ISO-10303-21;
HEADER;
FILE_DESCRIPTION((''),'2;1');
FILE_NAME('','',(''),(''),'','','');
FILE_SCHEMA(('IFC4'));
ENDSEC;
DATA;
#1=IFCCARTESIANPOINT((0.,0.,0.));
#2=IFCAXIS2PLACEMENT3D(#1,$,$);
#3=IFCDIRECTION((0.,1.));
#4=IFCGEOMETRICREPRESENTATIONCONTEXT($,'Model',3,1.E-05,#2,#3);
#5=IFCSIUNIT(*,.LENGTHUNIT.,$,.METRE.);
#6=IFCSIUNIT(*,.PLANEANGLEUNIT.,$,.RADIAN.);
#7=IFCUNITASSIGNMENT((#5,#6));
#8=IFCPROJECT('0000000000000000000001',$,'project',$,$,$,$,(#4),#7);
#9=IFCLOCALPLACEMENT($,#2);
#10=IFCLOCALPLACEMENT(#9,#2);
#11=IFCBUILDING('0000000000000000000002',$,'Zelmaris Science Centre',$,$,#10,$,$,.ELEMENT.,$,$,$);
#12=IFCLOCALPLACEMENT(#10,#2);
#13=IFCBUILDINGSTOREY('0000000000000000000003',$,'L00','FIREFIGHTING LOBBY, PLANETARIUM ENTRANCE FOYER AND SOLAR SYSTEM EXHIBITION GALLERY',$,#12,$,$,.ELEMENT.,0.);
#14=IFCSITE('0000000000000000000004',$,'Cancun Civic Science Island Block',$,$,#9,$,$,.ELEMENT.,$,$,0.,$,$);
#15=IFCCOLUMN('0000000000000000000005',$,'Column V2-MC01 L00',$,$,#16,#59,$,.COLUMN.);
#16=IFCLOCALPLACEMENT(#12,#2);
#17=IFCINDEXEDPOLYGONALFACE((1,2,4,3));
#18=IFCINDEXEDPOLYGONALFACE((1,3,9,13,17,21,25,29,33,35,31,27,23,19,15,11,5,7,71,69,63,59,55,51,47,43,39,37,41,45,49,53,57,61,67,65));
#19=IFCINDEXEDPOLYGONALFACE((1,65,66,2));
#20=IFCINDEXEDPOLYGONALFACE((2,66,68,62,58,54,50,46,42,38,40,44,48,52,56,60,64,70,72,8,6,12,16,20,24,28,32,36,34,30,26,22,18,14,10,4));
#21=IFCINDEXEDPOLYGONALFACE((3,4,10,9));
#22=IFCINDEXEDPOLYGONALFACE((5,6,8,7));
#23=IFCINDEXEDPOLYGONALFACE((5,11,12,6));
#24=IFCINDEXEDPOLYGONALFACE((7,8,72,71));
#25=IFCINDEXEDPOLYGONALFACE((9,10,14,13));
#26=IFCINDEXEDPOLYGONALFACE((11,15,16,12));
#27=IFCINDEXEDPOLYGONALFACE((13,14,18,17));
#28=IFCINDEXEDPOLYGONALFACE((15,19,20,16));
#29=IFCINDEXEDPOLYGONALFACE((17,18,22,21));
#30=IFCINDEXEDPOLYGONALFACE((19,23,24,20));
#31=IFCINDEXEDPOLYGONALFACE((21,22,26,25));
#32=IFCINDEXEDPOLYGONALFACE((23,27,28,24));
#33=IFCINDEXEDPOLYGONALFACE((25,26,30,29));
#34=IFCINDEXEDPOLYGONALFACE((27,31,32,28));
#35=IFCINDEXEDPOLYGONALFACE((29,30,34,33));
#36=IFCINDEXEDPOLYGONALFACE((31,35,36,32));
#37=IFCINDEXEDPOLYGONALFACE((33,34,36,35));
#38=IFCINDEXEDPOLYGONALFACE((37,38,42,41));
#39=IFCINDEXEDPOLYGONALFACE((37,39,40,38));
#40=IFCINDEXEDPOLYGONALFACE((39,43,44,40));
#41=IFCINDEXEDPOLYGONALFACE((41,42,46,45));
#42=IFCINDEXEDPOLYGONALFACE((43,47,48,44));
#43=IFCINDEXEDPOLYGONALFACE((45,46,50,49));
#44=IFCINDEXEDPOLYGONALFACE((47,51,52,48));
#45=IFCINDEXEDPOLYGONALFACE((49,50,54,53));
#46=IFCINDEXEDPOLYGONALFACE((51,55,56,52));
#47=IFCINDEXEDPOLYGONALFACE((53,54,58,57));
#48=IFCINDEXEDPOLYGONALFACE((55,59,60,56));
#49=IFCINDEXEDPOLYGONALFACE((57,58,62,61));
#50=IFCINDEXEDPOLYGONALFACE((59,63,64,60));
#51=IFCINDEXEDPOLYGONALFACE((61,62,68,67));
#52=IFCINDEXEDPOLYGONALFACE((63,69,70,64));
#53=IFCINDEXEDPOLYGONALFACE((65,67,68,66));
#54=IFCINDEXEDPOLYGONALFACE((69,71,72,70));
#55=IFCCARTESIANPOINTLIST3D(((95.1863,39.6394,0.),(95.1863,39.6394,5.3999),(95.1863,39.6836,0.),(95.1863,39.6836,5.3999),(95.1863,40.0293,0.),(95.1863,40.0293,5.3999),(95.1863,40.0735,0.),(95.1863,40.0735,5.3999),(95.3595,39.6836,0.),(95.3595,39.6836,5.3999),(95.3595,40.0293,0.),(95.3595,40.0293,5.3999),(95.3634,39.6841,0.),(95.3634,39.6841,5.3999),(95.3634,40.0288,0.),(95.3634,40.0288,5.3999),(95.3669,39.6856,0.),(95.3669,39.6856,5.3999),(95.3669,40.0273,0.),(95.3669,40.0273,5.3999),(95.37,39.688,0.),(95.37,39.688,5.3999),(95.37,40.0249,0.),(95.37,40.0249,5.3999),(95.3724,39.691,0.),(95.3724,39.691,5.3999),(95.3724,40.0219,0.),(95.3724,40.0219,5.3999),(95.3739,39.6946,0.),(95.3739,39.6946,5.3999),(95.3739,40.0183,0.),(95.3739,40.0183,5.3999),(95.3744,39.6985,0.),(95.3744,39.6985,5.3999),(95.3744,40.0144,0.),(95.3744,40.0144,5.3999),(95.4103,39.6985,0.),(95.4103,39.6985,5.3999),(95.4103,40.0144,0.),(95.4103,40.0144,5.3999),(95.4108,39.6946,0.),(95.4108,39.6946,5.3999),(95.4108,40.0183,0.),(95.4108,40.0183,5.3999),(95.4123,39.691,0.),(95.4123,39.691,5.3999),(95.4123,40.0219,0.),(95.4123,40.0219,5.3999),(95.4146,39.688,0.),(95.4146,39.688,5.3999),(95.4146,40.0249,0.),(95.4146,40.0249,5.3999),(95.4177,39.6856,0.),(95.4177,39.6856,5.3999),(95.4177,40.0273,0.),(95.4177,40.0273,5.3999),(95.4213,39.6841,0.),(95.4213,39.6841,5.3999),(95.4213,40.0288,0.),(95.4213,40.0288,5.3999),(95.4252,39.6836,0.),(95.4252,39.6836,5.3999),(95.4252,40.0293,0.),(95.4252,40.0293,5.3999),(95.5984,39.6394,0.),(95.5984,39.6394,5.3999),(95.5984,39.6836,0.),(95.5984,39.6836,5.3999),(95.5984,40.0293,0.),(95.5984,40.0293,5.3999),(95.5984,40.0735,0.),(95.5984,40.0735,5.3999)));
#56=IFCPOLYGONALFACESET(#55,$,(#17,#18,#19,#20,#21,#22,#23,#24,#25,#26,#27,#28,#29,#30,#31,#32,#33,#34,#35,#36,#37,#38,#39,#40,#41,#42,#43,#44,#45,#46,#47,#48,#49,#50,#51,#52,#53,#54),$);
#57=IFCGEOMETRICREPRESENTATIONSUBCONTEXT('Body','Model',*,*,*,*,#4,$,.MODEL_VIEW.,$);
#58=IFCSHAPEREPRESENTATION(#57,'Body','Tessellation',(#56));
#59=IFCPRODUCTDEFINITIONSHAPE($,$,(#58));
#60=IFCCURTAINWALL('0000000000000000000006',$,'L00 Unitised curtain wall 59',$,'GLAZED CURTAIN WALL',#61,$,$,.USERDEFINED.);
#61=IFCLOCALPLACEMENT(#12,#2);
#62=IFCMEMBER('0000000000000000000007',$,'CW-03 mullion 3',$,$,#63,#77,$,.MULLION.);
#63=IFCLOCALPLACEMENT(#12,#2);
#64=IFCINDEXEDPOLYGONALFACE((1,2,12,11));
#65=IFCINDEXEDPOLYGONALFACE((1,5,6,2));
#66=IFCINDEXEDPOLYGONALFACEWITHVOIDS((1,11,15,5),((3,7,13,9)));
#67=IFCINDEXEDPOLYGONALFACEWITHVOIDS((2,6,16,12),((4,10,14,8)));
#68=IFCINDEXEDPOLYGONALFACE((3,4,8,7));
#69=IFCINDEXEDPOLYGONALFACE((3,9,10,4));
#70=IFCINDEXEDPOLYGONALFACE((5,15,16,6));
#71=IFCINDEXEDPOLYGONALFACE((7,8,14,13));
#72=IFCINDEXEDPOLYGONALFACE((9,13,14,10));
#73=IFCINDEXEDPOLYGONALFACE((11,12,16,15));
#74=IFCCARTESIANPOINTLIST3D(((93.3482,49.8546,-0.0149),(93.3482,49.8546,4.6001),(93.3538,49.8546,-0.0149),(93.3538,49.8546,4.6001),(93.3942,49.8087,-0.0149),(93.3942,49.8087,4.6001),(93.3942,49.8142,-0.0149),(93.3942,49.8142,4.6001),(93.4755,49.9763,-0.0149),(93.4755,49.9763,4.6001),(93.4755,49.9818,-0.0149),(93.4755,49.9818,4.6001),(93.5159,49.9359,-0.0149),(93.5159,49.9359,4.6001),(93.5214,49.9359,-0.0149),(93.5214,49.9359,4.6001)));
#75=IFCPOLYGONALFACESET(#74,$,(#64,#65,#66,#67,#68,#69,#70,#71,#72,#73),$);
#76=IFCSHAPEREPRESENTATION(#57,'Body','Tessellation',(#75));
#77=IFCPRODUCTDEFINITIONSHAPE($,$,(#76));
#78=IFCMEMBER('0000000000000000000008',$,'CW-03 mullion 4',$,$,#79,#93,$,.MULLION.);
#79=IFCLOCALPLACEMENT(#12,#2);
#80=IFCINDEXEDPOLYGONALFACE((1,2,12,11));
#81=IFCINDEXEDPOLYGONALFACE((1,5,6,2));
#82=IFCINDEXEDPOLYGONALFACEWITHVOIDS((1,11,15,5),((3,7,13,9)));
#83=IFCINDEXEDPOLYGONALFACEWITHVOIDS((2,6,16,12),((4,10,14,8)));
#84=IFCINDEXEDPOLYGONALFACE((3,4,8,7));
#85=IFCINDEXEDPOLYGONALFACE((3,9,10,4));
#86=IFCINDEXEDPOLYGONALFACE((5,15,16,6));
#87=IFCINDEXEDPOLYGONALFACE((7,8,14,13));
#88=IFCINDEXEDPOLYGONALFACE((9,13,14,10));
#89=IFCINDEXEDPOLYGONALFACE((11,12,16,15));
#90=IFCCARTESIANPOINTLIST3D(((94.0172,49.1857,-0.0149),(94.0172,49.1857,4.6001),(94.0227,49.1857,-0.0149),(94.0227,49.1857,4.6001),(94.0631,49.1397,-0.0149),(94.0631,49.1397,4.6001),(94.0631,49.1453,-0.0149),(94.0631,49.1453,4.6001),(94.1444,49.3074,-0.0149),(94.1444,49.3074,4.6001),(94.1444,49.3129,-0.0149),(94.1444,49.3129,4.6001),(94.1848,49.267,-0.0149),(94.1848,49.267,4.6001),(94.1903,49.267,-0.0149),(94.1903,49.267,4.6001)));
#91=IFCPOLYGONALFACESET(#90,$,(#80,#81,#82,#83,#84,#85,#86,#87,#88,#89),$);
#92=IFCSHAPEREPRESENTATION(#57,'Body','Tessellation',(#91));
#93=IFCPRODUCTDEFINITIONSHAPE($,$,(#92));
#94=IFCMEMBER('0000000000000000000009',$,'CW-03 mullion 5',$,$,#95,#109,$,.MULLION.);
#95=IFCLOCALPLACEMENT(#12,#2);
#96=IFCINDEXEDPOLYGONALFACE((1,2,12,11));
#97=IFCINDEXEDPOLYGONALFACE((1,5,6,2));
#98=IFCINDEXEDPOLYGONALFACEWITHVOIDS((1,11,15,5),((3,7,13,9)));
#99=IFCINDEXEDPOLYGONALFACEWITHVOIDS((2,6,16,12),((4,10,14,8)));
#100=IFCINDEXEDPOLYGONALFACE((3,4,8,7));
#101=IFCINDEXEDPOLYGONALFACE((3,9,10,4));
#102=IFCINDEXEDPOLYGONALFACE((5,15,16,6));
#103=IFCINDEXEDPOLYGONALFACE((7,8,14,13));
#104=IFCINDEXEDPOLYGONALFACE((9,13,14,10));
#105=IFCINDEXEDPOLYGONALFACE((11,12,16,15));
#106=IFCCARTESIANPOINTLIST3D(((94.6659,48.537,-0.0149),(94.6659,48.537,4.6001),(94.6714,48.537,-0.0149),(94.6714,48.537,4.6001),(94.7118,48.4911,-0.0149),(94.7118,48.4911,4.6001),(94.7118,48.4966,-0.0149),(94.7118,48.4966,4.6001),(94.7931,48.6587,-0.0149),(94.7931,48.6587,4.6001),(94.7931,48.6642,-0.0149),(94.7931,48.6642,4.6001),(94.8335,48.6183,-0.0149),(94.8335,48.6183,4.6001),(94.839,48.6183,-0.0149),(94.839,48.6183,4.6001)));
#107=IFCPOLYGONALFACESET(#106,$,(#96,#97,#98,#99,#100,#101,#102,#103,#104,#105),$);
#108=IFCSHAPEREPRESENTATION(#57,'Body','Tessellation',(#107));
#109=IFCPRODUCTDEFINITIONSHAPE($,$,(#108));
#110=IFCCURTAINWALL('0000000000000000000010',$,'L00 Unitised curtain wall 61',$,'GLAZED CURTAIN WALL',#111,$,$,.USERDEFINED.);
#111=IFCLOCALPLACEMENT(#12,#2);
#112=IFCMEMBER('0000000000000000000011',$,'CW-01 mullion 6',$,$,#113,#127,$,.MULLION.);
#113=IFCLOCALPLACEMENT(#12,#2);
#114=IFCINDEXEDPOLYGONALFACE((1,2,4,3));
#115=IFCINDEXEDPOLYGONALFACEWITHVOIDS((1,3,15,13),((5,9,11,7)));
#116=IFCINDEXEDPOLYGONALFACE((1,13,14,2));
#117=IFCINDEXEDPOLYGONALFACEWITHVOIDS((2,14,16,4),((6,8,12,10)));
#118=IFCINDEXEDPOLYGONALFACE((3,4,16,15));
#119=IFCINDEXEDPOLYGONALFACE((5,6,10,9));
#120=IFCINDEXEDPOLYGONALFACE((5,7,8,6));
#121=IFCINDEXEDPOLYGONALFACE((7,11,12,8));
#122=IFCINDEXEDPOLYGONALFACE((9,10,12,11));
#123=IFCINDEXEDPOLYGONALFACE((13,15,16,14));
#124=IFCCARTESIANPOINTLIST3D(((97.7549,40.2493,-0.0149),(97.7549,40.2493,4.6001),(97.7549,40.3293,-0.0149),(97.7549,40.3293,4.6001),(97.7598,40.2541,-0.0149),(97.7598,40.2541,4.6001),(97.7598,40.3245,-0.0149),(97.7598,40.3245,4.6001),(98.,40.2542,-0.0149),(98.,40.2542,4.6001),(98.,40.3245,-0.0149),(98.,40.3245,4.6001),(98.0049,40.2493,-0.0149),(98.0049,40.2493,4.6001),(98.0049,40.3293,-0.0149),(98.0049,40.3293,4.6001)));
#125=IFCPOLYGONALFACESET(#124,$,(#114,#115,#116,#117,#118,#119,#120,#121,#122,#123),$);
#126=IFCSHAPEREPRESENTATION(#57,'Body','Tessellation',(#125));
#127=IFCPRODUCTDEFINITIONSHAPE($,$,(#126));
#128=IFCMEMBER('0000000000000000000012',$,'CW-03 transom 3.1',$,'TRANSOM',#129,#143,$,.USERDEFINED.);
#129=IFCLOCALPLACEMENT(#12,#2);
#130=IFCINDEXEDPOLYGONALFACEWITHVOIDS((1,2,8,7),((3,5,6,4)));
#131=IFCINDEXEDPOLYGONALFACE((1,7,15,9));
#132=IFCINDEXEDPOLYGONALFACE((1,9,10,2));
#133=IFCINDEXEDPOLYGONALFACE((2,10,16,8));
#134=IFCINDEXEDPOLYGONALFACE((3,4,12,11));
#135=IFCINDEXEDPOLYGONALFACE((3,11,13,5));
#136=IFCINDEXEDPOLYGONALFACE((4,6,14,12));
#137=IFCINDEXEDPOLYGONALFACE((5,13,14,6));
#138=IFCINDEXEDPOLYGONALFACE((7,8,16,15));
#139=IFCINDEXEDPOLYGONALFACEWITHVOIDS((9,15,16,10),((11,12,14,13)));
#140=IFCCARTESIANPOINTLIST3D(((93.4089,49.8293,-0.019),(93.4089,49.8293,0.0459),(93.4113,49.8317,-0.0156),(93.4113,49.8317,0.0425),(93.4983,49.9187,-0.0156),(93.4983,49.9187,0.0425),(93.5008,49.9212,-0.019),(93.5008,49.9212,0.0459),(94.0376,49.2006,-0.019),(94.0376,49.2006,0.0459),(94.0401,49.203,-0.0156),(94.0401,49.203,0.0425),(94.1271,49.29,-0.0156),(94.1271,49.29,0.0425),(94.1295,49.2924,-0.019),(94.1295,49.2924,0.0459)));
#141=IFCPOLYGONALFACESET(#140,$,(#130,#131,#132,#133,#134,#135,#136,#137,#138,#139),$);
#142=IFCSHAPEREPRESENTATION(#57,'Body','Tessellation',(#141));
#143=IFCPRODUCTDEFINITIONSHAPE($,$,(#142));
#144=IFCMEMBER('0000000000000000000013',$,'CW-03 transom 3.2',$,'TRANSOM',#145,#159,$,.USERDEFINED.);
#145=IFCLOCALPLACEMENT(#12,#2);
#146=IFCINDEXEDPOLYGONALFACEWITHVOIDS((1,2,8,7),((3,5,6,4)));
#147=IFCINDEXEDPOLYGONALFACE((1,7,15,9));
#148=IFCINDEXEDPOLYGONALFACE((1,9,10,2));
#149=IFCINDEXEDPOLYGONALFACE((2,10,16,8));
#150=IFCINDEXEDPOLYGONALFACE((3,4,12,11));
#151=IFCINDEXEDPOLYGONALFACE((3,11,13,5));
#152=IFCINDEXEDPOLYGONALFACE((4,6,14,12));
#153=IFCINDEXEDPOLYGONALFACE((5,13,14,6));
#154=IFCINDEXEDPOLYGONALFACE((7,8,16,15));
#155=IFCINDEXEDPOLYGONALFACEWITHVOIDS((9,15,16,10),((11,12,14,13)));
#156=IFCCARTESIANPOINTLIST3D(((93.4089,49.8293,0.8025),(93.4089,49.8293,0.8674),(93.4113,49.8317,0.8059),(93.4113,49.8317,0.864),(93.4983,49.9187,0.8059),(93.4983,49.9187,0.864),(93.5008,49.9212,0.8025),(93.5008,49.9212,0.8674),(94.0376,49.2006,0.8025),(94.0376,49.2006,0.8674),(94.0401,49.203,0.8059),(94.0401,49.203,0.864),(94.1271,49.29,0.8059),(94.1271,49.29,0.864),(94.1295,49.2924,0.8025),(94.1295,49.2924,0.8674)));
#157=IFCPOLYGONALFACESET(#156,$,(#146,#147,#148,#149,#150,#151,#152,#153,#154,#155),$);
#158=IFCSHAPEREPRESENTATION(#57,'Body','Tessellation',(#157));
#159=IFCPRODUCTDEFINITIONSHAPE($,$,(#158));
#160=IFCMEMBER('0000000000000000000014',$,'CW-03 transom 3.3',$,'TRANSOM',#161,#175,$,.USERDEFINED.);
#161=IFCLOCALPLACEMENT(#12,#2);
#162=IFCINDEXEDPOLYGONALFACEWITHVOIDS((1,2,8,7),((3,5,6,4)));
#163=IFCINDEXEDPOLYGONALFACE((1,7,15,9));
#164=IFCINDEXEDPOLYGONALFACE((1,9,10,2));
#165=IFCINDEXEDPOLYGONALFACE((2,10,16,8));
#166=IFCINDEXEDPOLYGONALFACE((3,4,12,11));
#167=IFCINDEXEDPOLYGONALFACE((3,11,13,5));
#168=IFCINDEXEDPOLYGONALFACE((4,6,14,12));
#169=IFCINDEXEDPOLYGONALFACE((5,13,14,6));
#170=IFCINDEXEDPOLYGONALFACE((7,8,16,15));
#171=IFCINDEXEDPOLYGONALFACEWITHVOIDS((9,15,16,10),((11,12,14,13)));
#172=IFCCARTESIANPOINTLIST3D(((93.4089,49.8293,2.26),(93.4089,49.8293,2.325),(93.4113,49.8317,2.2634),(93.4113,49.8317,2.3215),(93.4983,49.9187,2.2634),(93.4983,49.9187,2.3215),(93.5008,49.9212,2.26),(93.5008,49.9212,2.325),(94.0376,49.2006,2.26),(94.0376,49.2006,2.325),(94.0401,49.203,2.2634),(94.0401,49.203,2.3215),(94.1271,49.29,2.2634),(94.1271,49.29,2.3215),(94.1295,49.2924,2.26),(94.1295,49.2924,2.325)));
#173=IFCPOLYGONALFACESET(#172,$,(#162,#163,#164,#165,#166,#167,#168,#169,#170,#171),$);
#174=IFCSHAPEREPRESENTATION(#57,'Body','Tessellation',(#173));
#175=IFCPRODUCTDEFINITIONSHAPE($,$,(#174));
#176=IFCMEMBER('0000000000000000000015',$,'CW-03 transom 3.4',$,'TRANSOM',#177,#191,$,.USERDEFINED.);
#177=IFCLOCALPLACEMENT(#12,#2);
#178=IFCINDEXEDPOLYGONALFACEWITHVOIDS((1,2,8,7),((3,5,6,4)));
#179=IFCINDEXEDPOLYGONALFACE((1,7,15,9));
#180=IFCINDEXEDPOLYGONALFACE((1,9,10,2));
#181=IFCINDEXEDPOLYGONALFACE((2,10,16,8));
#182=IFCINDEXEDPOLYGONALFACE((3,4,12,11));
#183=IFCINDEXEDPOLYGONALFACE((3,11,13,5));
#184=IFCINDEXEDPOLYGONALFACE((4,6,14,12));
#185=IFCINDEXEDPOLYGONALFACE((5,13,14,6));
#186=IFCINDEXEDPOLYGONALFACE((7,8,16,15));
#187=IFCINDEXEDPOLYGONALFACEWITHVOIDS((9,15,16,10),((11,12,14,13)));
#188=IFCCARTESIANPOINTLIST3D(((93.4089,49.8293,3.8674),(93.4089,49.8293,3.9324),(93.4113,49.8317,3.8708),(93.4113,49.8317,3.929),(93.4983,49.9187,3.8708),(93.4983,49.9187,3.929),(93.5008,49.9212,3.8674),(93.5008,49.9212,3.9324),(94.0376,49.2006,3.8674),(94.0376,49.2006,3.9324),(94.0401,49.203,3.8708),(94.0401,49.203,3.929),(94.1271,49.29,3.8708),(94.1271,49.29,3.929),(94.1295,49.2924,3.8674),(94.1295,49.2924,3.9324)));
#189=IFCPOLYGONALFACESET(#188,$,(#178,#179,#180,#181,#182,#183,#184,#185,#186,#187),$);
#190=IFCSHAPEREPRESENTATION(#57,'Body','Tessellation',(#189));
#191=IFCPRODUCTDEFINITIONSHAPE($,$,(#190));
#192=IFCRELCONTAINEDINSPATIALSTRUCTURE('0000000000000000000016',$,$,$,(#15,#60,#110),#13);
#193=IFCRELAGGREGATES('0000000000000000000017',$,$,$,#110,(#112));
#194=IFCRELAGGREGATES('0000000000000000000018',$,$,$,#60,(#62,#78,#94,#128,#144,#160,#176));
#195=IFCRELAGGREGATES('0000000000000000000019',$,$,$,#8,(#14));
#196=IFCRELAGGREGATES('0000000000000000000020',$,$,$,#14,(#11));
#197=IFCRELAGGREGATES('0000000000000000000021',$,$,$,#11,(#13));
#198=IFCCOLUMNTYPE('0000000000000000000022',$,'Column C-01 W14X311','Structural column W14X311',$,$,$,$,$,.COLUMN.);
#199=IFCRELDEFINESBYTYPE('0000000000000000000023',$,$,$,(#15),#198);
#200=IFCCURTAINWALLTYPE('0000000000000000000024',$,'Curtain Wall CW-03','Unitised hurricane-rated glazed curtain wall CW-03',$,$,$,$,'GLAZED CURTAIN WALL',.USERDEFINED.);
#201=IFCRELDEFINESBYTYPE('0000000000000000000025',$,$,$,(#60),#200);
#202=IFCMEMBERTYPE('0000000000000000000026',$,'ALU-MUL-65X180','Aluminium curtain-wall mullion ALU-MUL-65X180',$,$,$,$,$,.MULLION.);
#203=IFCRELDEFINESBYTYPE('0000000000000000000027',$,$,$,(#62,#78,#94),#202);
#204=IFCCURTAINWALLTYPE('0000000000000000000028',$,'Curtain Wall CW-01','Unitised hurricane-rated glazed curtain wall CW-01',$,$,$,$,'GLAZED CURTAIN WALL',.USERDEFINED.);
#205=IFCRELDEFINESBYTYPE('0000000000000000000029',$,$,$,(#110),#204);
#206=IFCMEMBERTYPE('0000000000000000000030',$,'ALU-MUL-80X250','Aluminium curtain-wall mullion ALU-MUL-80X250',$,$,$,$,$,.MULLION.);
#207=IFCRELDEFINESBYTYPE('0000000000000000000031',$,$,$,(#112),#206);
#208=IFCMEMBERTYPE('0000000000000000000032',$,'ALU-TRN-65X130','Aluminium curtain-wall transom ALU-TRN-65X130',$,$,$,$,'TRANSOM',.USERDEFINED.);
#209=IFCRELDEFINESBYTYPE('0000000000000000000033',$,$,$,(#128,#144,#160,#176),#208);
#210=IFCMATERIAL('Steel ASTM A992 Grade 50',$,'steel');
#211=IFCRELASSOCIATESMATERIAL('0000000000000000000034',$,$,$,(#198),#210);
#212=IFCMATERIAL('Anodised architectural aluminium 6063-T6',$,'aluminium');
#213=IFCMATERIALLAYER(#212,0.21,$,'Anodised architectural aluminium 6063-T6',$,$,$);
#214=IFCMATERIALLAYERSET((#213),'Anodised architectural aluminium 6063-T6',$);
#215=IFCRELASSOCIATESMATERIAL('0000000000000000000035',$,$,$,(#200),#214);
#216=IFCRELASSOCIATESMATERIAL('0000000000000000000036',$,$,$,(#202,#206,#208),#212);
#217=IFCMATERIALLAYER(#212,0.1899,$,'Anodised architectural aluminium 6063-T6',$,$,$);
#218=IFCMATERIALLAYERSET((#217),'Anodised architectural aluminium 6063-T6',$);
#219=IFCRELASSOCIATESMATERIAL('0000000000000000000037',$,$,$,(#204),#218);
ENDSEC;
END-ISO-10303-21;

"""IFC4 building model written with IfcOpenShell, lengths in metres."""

from ifc_helpers import new_model, si_unit, direction, frame, origin, origin_2d, place, context, subcontext, project, spatial, hollow_rectangle, i_section, extrude, material, layer, layer_set, material_profile, profile_set, type_object, element, aggregate, save


model = new_model("IFC4")

# Units and contexts
model_context = context("Model", 3, precision=1e-05, world=origin(), true_north=direction((0.0, 1.0)))
body_context = subcontext(model_context, "Body", "Model", "MODEL_VIEW")
ifc_project = project(units=[si_unit("LENGTHUNIT", "METRE"), si_unit("PLANEANGLEUNIT", "RADIAN")], contexts=[model_context])

# Site, building, storey
site_placement = place(None, origin())
site = spatial("IfcSite", under=ifc_project, at=site_placement, Name="Cancun Civic Science Island Block", CompositionType="ELEMENT", RefElevation=0.0)
building_placement = place(site_placement, origin())
building = spatial("IfcBuilding", under=site, at=building_placement, Name="Zelmaris Science Centre", CompositionType="ELEMENT")
storey_placement = place(building_placement, origin())
storey = spatial("IfcBuildingStorey", under=building, at=storey_placement, Name="L00", Description="FIREFIGHTING LOBBY, PLANETARIUM ENTRANCE FOYER AND SOLAR SYSTEM EXHIBITION GALLERY", CompositionType="ELEMENT", Elevation=0.0)

# Column
ifc_material_1 = material(Name="Steel ASTM A992 Grade 50", Category="steel")
ifc_material_profile_1 = material_profile(ifc_material_1, i_section(OverallWidth=0.4121, OverallDepth=0.4341, WebThickness=0.0359, FlangeThickness=0.0442, FilletRadius=0.0149, at=origin_2d()), Name="W14X311")
ifc_profile_set_1 = profile_set([ifc_material_profile_1], Name="Steel ASTM A992 Grade 50")
column_type = type_object("IfcColumnType", Name="Column C-01 W14X311", Description="Structural column W14X311", PredefinedType="COLUMN", material=ifc_profile_set_1)
column_placement = place(storey_placement, frame((95.3923, 39.8564, 0.0), z_axis=(0.0, 0.0, 1.0), x_axis=(1.0, 0.0, 0.0)))
element("IfcColumn", 1, at=column_placement, inside=storey, type_object=column_type, Name="Column V2-MC01 L00", PredefinedType="COLUMN", context=body_context, shape_type="SweptSolid", body=[
    extrude(i_section(OverallWidth=0.4121, OverallDepth=0.4341, WebThickness=0.0359, FlangeThickness=0.0442, FilletRadius=0.0149, at=origin_2d()), origin(), (0.0, 0.0, 1.0), 5.3999),
])

# Curtain wall, members
ifc_material_2 = material(Name="Anodised architectural aluminium 6063-T6", Category="aluminium")
ifc_layer_1 = layer(ifc_material_2, 0.21, Name="Anodised architectural aluminium 6063-T6")
ifc_layer_set_1 = layer_set([ifc_layer_1], Name="Anodised architectural aluminium 6063-T6")
curtain_wall_type_1 = type_object("IfcCurtainWallType", Name="Curtain Wall CW-03", Description="Unitised hurricane-rated glazed curtain wall CW-03", ElementType="GLAZED CURTAIN WALL", PredefinedType="USERDEFINED", material=ifc_layer_set_1)
curtain_wall_1_placement = place(storey_placement, origin())
curtain_wall_1 = element("IfcCurtainWall", 2, at=curtain_wall_1_placement, inside=storey, type_object=curtain_wall_type_1, Name="L00 Unitised curtain wall 59", ObjectType="GLAZED CURTAIN WALL", PredefinedType="USERDEFINED")
ifc_material_profile_2 = material_profile(ifc_material_2, hollow_rectangle(XDim=0.0649, YDim=0.1799, WallThickness=0.0039, at=origin_2d()), Name="ALU-MUL-65X180")
ifc_profile_set_2 = profile_set([ifc_material_profile_2], Name="Anodised architectural aluminium 6063-T6")
member_type_1 = type_object("IfcMemberType", Name="ALU-MUL-65X180", Description="Aluminium curtain-wall mullion ALU-MUL-65X180", PredefinedType="MULLION", material=ifc_profile_set_2)
member_1_placement = place(storey_placement, frame((93.4348, 49.8953, -0.0149), z_axis=(0.0, 0.0, 1.0), x_axis=(0.707107, -0.707107, 0.0)))
member_1 = element("IfcMember", 3, at=member_1_placement, type_object=member_type_1, Name="CW-03 mullion 3", PredefinedType="MULLION", context=body_context, shape_type="SweptSolid", body=[
    extrude(hollow_rectangle(XDim=0.0649, YDim=0.1799, WallThickness=0.0039, at=origin_2d()), origin(), (0.0, 0.0, 1.0), 4.615),
])
member_2_placement = place(storey_placement, frame((94.1038, 49.2263, -0.0149), z_axis=(0.0, 0.0, 1.0), x_axis=(0.707107, -0.707107, 0.0)))
member_2 = element("IfcMember", 4, at=member_2_placement, type_object=member_type_1, Name="CW-03 mullion 4", PredefinedType="MULLION", context=body_context, shape_type="SweptSolid", body=[
    extrude(hollow_rectangle(XDim=0.0649, YDim=0.1799, WallThickness=0.0039, at=origin_2d()), origin(), (0.0, 0.0, 1.0), 4.615),
])
member_3_placement = place(storey_placement, frame((94.7524, 48.5776, -0.0149), z_axis=(0.0, 0.0, 1.0), x_axis=(0.707107, -0.707107, 0.0)))
member_3 = element("IfcMember", 5, at=member_3_placement, type_object=member_type_1, Name="CW-03 mullion 5", PredefinedType="MULLION", context=body_context, shape_type="SweptSolid", body=[
    extrude(hollow_rectangle(XDim=0.0649, YDim=0.1799, WallThickness=0.0039, at=origin_2d()), origin(), (0.0, 0.0, 1.0), 4.615),
])

# Curtain wall, member
ifc_layer_2 = layer(ifc_material_2, 0.1899, Name="Anodised architectural aluminium 6063-T6")
ifc_layer_set_2 = layer_set([ifc_layer_2], Name="Anodised architectural aluminium 6063-T6")
curtain_wall_type_2 = type_object("IfcCurtainWallType", Name="Curtain Wall CW-01", Description="Unitised hurricane-rated glazed curtain wall CW-01", ElementType="GLAZED CURTAIN WALL", PredefinedType="USERDEFINED", material=ifc_layer_set_2)
curtain_wall_2_placement = place(storey_placement, origin())
curtain_wall_2 = element("IfcCurtainWall", 6, at=curtain_wall_2_placement, inside=storey, type_object=curtain_wall_type_2, Name="L00 Unitised curtain wall 61", ObjectType="GLAZED CURTAIN WALL", PredefinedType="USERDEFINED")
ifc_material_profile_3 = material_profile(ifc_material_2, hollow_rectangle(XDim=0.0801, YDim=0.25, WallThickness=0.0049, at=origin_2d()), Name="ALU-MUL-80X250")
ifc_profile_set_3 = profile_set([ifc_material_profile_3], Name="Anodised architectural aluminium 6063-T6")
member_type_2 = type_object("IfcMemberType", Name="ALU-MUL-80X250", Description="Aluminium curtain-wall mullion ALU-MUL-80X250", PredefinedType="MULLION", material=ifc_profile_set_3)
member_4_placement = place(storey_placement, frame((97.8799, 40.2893, -0.0149), z_axis=(0.0, 0.0, 1.0), x_axis=(0.000005, -1.0, 0.0)))
member_4 = element("IfcMember", 7, at=member_4_placement, type_object=member_type_2, Name="CW-01 mullion 6", PredefinedType="MULLION", context=body_context, shape_type="SweptSolid", body=[
    extrude(hollow_rectangle(XDim=0.0801, YDim=0.25, WallThickness=0.0049, at=origin_2d()), origin(), (0.0, 0.0, 1.0), 4.615),
])

# Members
ifc_material_profile_4 = material_profile(ifc_material_2, hollow_rectangle(XDim=0.0649, YDim=0.1299, WallThickness=0.0034, at=origin_2d()), Name="ALU-TRN-65X130")
ifc_profile_set_4 = profile_set([ifc_material_profile_4], Name="Anodised architectural aluminium 6063-T6")
member_type_3 = type_object("IfcMemberType", Name="ALU-TRN-65X130", Description="Aluminium curtain-wall transom ALU-TRN-65X130", ElementType="TRANSOM", PredefinedType="USERDEFINED", material=ifc_profile_set_4)
member_5_placement = place(storey_placement, frame((93.4548, 49.8752, 0.0134), z_axis=(0.707107, -0.707107, 0.0), x_axis=(0.0, 0.0, 1.0)))
member_5 = element("IfcMember", 8, at=member_5_placement, type_object=member_type_3, Name="CW-03 transom 3.1", ObjectType="TRANSOM", PredefinedType="USERDEFINED", context=body_context, shape_type="SweptSolid", body=[
    extrude(hollow_rectangle(XDim=0.0649, YDim=0.1299, WallThickness=0.0034, at=origin_2d()), origin(), (0.0, 0.0, 1.0), 0.8892),
])
member_6_placement = place(storey_placement, frame((93.4548, 49.8752, 0.835), z_axis=(0.707107, -0.707107, 0.0), x_axis=(0.0, 0.0, 1.0)))
member_6 = element("IfcMember", 9, at=member_6_placement, type_object=member_type_3, Name="CW-03 transom 3.2", ObjectType="TRANSOM", PredefinedType="USERDEFINED", context=body_context, shape_type="SweptSolid", body=[
    extrude(hollow_rectangle(XDim=0.0649, YDim=0.1299, WallThickness=0.0034, at=origin_2d()), origin(), (0.0, 0.0, 1.0), 0.8892),
])
member_7_placement = place(storey_placement, frame((93.4548, 49.8752, 2.2925), z_axis=(0.707107, -0.707107, 0.0), x_axis=(0.0, 0.0, 1.0)))
member_7 = element("IfcMember", 10, at=member_7_placement, type_object=member_type_3, Name="CW-03 transom 3.3", ObjectType="TRANSOM", PredefinedType="USERDEFINED", context=body_context, shape_type="SweptSolid", body=[
    extrude(hollow_rectangle(XDim=0.0649, YDim=0.1299, WallThickness=0.0034, at=origin_2d()), origin(), (0.0, 0.0, 1.0), 0.8892),
])
member_8_placement = place(storey_placement, frame((93.4548, 49.8752, 3.8999), z_axis=(0.707107, -0.707107, 0.0), x_axis=(0.0, 0.0, 1.0)))
member_8 = element("IfcMember", 11, at=member_8_placement, type_object=member_type_3, Name="CW-03 transom 3.4", ObjectType="TRANSOM", PredefinedType="USERDEFINED", context=body_context, shape_type="SweptSolid", body=[
    extrude(hollow_rectangle(XDim=0.0649, YDim=0.1299, WallThickness=0.0034, at=origin_2d()), origin(), (0.0, 0.0, 1.0), 0.8892),
])

aggregate(curtain_wall_2, [member_4])
aggregate(curtain_wall_1, [member_1, member_2, member_3, member_5, member_6, member_7, member_8])

save(model, "model.ifc")
